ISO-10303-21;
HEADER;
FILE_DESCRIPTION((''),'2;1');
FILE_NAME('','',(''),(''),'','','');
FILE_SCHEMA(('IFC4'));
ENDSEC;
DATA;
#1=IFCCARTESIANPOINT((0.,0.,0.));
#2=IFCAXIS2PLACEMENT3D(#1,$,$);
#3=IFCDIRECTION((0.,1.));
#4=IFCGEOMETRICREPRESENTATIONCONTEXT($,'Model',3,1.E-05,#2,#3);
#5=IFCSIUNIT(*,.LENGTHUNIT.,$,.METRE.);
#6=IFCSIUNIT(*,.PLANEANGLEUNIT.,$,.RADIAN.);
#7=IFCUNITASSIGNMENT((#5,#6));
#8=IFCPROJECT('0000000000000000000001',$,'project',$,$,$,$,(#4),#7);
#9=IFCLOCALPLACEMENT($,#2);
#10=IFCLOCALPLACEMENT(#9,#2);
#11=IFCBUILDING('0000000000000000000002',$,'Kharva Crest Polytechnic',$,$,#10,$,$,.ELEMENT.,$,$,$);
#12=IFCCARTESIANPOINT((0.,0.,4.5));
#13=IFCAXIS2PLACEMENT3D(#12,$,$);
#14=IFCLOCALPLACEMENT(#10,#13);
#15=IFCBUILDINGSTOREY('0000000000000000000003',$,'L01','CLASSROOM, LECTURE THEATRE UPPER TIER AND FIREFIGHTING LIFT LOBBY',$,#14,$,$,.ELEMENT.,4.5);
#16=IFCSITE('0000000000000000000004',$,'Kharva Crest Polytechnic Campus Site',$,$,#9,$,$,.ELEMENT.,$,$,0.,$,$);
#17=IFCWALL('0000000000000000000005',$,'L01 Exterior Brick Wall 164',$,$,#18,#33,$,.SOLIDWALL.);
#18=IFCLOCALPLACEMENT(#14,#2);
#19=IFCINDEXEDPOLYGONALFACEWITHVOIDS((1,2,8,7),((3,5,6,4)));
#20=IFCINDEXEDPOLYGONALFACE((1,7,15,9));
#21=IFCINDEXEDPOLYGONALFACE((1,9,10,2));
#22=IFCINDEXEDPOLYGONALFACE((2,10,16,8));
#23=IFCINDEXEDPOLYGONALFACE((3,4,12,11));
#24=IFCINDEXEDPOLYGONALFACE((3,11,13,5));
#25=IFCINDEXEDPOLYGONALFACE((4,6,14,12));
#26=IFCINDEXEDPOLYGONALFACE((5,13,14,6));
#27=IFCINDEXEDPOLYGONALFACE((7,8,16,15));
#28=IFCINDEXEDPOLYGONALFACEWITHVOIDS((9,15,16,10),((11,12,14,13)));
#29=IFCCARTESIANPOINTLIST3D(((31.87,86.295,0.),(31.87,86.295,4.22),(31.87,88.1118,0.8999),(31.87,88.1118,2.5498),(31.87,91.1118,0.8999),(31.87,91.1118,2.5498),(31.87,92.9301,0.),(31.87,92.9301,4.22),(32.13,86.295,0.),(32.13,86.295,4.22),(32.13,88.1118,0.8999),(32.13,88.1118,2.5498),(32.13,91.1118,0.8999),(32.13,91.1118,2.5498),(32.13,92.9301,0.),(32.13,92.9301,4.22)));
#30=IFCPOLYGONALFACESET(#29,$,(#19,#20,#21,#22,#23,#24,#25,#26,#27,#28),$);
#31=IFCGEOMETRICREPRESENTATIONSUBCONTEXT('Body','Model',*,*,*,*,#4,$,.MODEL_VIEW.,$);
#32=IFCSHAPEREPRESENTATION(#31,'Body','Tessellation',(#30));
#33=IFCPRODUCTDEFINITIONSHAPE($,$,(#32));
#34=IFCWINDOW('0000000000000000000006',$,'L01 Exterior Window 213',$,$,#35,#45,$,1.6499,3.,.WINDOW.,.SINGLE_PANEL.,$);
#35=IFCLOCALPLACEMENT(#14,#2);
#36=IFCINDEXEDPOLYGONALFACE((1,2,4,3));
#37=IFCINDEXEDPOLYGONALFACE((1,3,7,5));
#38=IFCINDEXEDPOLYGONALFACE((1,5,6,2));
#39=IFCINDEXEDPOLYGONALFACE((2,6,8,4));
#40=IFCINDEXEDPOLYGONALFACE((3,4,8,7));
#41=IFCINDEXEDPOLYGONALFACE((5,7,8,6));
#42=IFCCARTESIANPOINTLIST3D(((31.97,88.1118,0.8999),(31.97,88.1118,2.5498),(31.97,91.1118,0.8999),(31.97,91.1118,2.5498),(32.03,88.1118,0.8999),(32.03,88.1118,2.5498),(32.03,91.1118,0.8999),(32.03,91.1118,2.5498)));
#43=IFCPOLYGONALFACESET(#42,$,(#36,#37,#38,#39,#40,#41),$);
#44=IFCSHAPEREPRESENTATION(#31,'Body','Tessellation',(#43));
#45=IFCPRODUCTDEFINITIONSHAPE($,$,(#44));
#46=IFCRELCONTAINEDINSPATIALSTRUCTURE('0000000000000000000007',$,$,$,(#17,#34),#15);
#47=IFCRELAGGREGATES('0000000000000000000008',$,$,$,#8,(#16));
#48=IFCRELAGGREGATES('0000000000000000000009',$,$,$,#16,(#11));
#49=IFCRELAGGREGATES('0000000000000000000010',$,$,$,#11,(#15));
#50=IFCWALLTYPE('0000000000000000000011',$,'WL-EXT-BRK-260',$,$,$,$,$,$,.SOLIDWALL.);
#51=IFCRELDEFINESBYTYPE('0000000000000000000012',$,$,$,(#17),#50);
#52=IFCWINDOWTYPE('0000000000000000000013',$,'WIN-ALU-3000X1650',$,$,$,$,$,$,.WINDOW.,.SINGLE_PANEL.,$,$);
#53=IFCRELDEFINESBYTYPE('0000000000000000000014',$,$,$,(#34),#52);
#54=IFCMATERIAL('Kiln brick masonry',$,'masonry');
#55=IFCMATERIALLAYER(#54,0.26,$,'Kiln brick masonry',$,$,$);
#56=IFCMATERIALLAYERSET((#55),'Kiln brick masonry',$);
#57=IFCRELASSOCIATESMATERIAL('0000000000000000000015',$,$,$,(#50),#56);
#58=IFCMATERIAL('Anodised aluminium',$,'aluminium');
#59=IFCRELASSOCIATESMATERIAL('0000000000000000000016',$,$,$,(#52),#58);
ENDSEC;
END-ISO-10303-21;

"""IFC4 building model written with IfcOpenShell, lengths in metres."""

from ifc_helpers import new_model, si_unit, direction, frame, frame_2d, origin, place, context, subcontext, project, spatial, rectangle, extrude, material, layer, layer_set, type_object, element, fill, save


model = new_model("IFC4")

# Units and contexts
model_context = context("Model", 3, precision=1e-05, world=origin(), true_north=direction((0.0, 1.0)))
body_context = subcontext(model_context, "Body", "Model", "MODEL_VIEW")
ifc_project = project(units=[si_unit("LENGTHUNIT", "METRE"), si_unit("PLANEANGLEUNIT", "RADIAN")], contexts=[model_context])

# Site, building, storey
site_placement = place(None, origin())
site = spatial("IfcSite", under=ifc_project, at=site_placement, Name="Kharva Crest Polytechnic Campus Site", CompositionType="ELEMENT", RefElevation=0.0)
building_placement = place(site_placement, origin())
building = spatial("IfcBuilding", under=site, at=building_placement, Name="Kharva Crest Polytechnic", CompositionType="ELEMENT")
storey_placement = place(building_placement, frame((0.0, 0.0, 4.5)))
storey = spatial("IfcBuildingStorey", under=building, at=storey_placement, Name="L01", Description="CLASSROOM, LECTURE THEATRE UPPER TIER AND FIREFIGHTING LIFT LOBBY", CompositionType="ELEMENT", Elevation=4.5)

# Wall, opening, window
ifc_material_1 = material(Name="Kiln brick masonry", Category="masonry")
ifc_layer_1 = layer(ifc_material_1, 0.26, Name="Kiln brick masonry")
ifc_layer_set_1 = layer_set([ifc_layer_1], Name="Kiln brick masonry")
wall_type = type_object("IfcWallType", Name="WL-EXT-BRK-260", PredefinedType="SOLIDWALL", material=ifc_layer_set_1)
wall_placement = place(storey_placement, frame((32.0, 92.9299, 0.0), z_axis=(0.0, 0.0, 1.0), x_axis=(0.0, -1.0, 0.0)))
wall = element("IfcWall", 1, at=wall_placement, inside=storey, type_object=wall_type, Name="L01 Exterior Brick Wall 164", PredefinedType="SOLIDWALL", context=body_context, shape_type="SweptSolid", body=[
    extrude(rectangle(XDim=6.635, YDim=0.26, at=frame_2d((3.3174, 0.0))), origin(), (0.0, 0.0, 1.0), 4.22),
])
opening_placement = place(wall_placement, frame((1.8181, 0.0, 0.8999)))
opening = element("IfcOpeningElement", 2, at=opening_placement, cuts=wall, PredefinedType="OPENING", context=body_context, shape_type="SweptSolid", body=[
    extrude(rectangle(XDim=3.0, YDim=1.6499, at=frame_2d((1.5, 0.825))), frame((0.0, 0.1399, 0.0), z_axis=(0.0, -1.0, 0.0), x_axis=(1.0, 0.0, 0.0)), (0.0, 0.0, 1.0), 0.28),
])
ifc_material_2 = material(Name="Anodised aluminium", Category="aluminium")
window_type = type_object("IfcWindowType", Name="WIN-ALU-3000X1650", PartitioningType="SINGLE_PANEL", PredefinedType="WINDOW", material=ifc_material_2)
window_placement = place(opening_placement, origin())
window = element("IfcWindow", 3, at=window_placement, inside=storey, type_object=window_type, Name="L01 Exterior Window 213", OverallHeight=1.6499, OverallWidth=3.0, PartitioningType="SINGLE_PANEL", PredefinedType="WINDOW", context=body_context, shape_type="SweptSolid", body=[
    extrude(rectangle(XDim=3.0, YDim=1.6499, at=frame_2d((1.5, 0.825))), frame((0.0, 0.03, 0.0), z_axis=(0.0, -1.0, 0.0), x_axis=(1.0, 0.0, 0.0)), (0.0, 0.0, 1.0), 0.0601),
])
fill(opening, window)

save(model, "model.ifc")
